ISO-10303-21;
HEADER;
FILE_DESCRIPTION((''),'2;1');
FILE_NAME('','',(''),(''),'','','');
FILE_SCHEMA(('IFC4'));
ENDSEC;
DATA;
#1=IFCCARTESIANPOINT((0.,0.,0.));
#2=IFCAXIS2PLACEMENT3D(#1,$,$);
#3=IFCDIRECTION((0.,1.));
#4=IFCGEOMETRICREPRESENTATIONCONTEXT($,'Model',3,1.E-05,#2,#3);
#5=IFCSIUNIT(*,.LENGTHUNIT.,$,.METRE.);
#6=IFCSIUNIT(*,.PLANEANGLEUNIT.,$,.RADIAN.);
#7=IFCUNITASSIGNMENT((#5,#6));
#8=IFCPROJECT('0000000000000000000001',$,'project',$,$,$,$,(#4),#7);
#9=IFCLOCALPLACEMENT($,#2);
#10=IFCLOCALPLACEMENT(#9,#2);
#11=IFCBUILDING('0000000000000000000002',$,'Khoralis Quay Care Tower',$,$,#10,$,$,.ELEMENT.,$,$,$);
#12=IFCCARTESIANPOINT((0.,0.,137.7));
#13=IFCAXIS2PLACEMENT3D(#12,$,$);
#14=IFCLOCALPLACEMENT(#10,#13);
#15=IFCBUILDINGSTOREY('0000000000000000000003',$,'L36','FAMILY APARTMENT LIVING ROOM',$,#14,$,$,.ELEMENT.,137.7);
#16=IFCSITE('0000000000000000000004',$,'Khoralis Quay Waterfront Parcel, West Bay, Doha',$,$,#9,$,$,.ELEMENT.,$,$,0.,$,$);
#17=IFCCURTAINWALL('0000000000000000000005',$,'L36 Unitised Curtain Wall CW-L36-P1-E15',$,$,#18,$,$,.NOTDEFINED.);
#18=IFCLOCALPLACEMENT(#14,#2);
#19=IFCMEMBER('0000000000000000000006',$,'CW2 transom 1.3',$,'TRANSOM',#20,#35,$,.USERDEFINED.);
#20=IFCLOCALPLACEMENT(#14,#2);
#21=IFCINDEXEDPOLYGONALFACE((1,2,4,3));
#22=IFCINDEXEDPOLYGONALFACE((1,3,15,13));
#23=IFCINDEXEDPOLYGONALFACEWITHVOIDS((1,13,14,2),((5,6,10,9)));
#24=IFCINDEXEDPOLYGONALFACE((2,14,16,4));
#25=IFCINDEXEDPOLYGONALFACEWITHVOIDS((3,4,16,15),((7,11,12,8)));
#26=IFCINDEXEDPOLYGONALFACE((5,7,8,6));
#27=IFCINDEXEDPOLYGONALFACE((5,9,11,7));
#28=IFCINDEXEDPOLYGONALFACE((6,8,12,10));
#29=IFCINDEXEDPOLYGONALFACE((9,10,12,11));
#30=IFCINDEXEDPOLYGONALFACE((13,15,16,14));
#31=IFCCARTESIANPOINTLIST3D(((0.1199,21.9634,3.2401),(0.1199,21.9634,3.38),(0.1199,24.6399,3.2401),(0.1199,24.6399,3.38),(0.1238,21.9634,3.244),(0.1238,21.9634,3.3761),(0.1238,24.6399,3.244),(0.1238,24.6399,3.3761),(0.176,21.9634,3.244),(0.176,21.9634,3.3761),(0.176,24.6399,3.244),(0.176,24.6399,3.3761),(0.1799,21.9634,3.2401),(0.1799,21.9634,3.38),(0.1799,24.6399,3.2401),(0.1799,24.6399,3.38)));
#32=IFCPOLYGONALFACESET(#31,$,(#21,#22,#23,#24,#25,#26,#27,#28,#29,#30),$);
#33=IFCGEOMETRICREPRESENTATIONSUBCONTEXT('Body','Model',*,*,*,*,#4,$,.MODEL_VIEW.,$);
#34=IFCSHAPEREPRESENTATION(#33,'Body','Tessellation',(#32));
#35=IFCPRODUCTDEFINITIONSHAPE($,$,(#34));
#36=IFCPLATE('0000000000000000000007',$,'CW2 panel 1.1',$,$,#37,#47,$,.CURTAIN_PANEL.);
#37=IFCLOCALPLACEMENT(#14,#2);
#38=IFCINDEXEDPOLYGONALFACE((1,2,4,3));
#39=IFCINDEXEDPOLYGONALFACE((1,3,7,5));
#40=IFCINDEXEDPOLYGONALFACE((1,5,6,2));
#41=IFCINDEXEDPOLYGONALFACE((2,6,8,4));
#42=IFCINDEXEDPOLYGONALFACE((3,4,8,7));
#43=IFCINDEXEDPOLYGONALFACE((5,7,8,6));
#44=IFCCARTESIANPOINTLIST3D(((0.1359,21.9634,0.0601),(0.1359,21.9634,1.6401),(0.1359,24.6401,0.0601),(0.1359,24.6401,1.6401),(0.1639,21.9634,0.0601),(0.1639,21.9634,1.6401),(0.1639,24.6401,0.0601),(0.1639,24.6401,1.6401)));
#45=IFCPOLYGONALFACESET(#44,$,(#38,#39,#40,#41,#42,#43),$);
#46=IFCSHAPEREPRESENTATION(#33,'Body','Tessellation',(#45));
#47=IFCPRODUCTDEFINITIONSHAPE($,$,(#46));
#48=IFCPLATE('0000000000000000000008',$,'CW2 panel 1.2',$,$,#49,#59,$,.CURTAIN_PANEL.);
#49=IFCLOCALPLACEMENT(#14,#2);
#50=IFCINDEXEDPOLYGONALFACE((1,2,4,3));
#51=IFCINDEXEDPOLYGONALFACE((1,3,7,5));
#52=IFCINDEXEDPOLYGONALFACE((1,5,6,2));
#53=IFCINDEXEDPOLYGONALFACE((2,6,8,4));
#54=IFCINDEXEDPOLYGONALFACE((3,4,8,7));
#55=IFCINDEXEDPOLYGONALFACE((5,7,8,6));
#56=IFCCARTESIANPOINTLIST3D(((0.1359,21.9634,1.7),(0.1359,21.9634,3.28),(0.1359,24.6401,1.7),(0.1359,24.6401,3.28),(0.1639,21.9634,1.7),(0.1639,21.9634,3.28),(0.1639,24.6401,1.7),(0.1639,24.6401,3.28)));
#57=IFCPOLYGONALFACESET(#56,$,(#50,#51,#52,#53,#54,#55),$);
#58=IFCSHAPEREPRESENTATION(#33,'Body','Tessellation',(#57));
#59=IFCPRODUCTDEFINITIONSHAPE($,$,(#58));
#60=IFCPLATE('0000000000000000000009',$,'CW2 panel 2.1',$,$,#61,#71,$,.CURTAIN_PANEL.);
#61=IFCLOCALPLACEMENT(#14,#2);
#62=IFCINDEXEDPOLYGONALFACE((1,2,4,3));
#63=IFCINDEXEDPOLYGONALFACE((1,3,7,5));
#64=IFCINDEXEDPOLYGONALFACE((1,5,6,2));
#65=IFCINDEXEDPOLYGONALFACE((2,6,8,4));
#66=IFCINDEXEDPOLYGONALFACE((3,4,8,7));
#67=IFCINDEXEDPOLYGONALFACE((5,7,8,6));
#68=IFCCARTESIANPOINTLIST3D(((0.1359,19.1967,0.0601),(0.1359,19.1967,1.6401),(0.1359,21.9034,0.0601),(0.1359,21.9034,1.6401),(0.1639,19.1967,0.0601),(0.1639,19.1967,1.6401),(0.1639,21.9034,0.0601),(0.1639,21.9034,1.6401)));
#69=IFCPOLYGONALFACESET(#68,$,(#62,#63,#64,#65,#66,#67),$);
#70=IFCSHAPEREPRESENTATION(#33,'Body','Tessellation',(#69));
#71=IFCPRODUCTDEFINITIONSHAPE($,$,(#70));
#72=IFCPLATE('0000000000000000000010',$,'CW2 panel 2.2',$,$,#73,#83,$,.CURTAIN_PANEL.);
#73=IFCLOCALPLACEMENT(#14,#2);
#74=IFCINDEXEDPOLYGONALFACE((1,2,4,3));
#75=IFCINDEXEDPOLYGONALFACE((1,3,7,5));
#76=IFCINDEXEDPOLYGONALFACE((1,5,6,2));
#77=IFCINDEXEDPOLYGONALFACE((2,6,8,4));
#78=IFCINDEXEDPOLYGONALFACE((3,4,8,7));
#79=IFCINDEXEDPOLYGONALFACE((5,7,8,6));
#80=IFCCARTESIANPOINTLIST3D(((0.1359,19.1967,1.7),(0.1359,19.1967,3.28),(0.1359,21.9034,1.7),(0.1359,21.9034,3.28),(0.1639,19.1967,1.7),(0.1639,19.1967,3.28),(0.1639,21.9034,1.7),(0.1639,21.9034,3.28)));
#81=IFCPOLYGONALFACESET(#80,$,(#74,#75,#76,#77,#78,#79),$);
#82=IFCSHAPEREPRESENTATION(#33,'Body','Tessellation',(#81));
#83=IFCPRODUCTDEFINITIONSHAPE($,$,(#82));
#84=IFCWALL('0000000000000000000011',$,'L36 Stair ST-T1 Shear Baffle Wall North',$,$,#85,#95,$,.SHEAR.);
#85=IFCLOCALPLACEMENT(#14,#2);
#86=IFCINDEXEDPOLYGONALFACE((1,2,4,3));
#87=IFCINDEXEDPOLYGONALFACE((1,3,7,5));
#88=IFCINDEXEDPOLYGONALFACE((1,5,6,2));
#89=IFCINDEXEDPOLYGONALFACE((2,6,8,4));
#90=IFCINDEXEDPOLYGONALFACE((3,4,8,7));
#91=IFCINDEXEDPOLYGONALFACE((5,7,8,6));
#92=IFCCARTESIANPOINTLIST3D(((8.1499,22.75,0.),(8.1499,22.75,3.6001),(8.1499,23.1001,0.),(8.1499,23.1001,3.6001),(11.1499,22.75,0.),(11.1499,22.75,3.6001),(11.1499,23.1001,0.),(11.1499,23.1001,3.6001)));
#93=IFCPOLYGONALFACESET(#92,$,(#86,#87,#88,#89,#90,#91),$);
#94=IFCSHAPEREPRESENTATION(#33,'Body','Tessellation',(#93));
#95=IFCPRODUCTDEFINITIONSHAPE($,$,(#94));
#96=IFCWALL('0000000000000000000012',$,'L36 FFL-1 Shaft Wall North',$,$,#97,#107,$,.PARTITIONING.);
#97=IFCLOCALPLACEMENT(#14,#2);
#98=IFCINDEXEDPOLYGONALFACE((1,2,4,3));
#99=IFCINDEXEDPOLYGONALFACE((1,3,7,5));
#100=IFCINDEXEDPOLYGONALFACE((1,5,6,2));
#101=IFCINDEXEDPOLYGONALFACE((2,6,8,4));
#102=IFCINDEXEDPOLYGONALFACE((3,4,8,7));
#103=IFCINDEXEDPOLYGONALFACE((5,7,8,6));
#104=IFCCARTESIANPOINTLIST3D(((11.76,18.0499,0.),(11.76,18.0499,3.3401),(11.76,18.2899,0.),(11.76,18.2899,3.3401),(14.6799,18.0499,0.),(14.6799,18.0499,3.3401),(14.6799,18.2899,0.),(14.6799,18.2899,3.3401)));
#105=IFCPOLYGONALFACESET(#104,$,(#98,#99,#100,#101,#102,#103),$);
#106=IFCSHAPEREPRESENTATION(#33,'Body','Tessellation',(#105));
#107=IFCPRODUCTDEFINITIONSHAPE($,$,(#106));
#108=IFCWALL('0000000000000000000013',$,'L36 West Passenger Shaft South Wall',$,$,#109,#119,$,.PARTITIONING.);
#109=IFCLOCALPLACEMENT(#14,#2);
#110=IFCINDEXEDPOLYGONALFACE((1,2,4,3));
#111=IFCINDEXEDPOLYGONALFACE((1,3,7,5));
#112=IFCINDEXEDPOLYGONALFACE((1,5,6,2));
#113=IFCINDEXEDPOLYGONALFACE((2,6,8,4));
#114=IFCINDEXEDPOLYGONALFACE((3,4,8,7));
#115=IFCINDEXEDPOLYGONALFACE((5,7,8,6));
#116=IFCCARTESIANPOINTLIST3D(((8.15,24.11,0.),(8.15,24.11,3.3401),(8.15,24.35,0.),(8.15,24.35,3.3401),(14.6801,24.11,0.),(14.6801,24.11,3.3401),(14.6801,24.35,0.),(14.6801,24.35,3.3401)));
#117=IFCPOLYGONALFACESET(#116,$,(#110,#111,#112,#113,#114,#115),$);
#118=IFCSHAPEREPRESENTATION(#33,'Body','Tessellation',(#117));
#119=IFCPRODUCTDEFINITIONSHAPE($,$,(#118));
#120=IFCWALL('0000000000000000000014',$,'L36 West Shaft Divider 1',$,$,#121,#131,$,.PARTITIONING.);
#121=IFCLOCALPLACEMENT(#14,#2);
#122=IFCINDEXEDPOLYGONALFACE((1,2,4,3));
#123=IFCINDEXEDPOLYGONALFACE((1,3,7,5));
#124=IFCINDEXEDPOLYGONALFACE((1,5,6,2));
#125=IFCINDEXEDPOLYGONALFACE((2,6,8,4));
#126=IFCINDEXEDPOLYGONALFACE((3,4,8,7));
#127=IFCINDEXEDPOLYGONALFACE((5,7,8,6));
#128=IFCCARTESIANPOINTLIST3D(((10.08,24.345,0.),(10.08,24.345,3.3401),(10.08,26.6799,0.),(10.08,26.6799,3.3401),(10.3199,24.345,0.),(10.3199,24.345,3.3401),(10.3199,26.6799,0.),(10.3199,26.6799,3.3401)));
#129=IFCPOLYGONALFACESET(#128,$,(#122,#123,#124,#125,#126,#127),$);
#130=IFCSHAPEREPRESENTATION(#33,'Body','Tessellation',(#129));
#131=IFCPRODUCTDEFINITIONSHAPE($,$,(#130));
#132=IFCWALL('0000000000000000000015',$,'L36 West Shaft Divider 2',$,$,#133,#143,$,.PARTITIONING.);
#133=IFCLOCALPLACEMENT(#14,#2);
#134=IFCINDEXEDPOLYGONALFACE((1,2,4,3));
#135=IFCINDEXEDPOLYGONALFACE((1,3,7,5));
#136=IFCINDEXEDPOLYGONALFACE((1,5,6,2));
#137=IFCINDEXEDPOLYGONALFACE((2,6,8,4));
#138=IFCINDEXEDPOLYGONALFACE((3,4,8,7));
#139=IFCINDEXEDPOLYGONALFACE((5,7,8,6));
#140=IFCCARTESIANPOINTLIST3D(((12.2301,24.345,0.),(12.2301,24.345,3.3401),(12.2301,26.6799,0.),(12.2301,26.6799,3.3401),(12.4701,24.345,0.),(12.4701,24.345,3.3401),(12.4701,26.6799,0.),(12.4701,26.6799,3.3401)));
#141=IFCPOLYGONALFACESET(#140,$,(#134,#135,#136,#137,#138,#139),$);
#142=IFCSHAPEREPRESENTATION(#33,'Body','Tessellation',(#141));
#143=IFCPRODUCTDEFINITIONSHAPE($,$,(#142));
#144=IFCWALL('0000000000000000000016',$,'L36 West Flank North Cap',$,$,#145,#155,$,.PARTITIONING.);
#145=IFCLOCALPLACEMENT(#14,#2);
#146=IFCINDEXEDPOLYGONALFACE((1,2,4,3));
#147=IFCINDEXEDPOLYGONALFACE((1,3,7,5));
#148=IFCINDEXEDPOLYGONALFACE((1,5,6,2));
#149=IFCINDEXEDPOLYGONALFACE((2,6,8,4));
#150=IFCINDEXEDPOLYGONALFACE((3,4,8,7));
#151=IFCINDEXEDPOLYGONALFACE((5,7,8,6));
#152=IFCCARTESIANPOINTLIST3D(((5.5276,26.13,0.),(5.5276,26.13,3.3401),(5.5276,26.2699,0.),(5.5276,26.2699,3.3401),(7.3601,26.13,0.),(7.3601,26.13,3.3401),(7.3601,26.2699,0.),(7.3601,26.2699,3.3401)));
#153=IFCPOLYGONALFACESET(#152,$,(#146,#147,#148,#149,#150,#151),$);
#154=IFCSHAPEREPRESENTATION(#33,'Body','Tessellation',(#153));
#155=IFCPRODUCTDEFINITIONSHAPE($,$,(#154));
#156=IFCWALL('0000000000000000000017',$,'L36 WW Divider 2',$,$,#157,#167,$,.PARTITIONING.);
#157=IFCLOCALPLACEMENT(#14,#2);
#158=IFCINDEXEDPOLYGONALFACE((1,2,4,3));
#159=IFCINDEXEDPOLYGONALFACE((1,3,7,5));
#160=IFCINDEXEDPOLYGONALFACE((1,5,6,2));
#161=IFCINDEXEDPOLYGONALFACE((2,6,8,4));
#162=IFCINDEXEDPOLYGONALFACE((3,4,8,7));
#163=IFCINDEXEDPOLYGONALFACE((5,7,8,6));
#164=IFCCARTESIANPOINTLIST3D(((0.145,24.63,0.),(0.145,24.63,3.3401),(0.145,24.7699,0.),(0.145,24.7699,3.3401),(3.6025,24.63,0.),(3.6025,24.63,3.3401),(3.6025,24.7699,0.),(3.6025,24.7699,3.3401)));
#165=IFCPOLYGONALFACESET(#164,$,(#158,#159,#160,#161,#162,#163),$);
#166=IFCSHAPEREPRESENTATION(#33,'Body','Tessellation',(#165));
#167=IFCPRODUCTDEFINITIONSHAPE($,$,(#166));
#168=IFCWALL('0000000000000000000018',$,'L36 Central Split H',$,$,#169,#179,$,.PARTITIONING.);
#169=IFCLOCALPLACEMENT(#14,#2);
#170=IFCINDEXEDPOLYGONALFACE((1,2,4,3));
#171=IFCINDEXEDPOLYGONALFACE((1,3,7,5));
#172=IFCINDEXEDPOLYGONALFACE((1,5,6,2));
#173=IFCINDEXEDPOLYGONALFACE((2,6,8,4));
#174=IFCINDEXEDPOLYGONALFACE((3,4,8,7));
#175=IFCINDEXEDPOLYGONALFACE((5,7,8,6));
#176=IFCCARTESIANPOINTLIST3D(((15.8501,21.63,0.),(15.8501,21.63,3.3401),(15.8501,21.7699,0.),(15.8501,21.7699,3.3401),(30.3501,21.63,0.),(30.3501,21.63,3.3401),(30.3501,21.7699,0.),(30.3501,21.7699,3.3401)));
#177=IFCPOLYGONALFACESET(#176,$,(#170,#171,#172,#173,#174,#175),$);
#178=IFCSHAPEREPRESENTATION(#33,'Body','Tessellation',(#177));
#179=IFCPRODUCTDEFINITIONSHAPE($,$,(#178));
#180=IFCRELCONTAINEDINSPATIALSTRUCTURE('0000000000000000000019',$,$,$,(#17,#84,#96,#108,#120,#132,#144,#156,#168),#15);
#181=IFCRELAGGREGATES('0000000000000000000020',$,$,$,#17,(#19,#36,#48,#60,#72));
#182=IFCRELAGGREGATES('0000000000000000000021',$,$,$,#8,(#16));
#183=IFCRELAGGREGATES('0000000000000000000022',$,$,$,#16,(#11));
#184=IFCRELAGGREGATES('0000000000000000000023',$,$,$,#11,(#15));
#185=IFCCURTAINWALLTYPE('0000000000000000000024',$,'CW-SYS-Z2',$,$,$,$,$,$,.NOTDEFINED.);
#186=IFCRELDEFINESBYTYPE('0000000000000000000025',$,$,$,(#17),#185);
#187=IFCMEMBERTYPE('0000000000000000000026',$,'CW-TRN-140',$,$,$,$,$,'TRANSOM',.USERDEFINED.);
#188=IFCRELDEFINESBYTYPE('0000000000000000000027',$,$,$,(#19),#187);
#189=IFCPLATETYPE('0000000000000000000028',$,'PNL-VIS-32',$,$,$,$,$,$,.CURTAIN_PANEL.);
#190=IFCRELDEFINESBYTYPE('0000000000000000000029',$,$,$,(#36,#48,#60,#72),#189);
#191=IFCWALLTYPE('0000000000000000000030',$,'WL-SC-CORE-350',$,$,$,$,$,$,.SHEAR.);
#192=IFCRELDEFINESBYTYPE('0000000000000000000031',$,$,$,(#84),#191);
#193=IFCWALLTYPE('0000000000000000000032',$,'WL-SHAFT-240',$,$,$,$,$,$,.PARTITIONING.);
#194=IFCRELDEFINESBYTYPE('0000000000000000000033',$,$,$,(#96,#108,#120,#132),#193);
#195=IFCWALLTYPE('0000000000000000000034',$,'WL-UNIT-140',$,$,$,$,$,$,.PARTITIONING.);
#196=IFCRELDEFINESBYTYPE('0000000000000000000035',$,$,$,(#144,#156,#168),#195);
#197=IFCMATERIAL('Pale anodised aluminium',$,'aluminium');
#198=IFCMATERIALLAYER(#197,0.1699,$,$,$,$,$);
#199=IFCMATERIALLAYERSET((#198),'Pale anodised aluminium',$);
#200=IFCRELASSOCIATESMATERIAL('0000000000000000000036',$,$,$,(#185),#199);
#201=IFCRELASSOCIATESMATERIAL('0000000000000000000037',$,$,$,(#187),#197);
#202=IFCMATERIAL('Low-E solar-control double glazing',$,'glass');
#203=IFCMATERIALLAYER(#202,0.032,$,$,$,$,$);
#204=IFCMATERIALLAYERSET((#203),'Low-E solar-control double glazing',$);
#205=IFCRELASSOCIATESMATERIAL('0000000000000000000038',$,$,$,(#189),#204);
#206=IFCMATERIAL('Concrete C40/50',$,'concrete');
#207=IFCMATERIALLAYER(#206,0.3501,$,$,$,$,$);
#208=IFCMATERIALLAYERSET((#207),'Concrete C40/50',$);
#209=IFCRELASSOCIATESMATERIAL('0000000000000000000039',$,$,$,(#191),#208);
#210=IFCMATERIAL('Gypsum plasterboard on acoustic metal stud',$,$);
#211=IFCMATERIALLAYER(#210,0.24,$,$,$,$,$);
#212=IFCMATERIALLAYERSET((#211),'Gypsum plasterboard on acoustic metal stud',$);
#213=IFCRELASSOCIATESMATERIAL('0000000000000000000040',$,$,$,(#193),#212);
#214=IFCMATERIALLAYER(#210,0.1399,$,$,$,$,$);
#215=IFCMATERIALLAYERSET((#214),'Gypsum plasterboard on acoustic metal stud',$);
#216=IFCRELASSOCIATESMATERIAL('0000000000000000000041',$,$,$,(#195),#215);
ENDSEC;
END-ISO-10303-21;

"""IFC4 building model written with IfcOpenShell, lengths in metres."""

from ifc_helpers import new_model, si_unit, direction, frame, frame_2d, origin, origin_2d, place, context, subcontext, project, spatial, rectangle, hollow_rectangle, extrude, source, transform, mapped, material, layer, layer_set, material_profile, profile_set, type_object, element, aggregate, save


model = new_model("IFC4")

# Units and contexts
model_context = context("Model", 3, precision=1e-05, world=origin(), true_north=direction((0.0, 1.0)))
body_context = subcontext(model_context, "Body", "Model", "MODEL_VIEW")
ifc_project = project(units=[si_unit("LENGTHUNIT", "METRE"), si_unit("PLANEANGLEUNIT", "RADIAN")], contexts=[model_context])

# Site, building, storey
site_placement = place(None, origin())
site = spatial("IfcSite", under=ifc_project, at=site_placement, Name="Khoralis Quay Waterfront Parcel, West Bay, Doha", CompositionType="ELEMENT", RefElevation=0.0)
building_placement = place(site_placement, origin())
building = spatial("IfcBuilding", under=site, at=building_placement, Name="Khoralis Quay Care Tower", CompositionType="ELEMENT")
storey_placement = place(building_placement, frame((0.0, 0.0, 137.7)))
storey = spatial("IfcBuildingStorey", under=building, at=storey_placement, Name="L36", Description="FAMILY APARTMENT LIVING ROOM", CompositionType="ELEMENT", Elevation=137.7)

# Curtain wall, member, plates
ifc_material_1 = material(Name="Pale anodised aluminium", Category="aluminium")
ifc_layer_1 = layer(ifc_material_1, 0.1699)
ifc_layer_set_1 = layer_set([ifc_layer_1], Name="Pale anodised aluminium")
curtain_wall_type = type_object("IfcCurtainWallType", Name="CW-SYS-Z2", PredefinedType="NOTDEFINED", material=ifc_layer_set_1)
curtain_wall_placement = place(storey_placement, origin())
curtain_wall = element("IfcCurtainWall", 1, at=curtain_wall_placement, inside=storey, type_object=curtain_wall_type, Name="L36 Unitised Curtain Wall CW-L36-P1-E15", PredefinedType="NOTDEFINED")
ifc_material_profile_1 = material_profile(ifc_material_1, hollow_rectangle(XDim=0.0601, YDim=0.1399, WallThickness=0.0039, at=origin_2d()), Name="Pale anodised aluminium")
ifc_profile_set_1 = profile_set([ifc_material_profile_1], Name="Pale anodised aluminium")
member_type_1 = type_object("IfcMemberType", Name="CW-TRN-140", ElementType="TRANSOM", PredefinedType="USERDEFINED", material=ifc_profile_set_1)
shared_shape_1 = source(origin(), body_context, "Body", "SweptSolid", [
    extrude(hollow_rectangle(XDim=0.0601, YDim=0.1399, WallThickness=0.0039, at=origin_2d()), origin(), (0.0, 0.0, 1.0), 2.6765),
])
member_1_placement = place(storey_placement, frame((0.1499, 24.6399, 3.3101), z_axis=(0.0, -1.0, 0.0), x_axis=(1.0, 0.0, 0.0)))
member_1 = element("IfcMember", 2, at=member_1_placement, type_object=member_type_1, Name="CW2 transom 1.3", ObjectType="TRANSOM", PredefinedType="USERDEFINED", context=body_context, shape_type="MappedRepresentation", body=[
    mapped(shared_shape_1, transform((0.0, 0.0, 0.0), scale=1.0)),
])
ifc_material_2 = material(Name="Low-E solar-control double glazing", Category="glass")
ifc_layer_2 = layer(ifc_material_2, 0.032)
ifc_layer_set_2 = layer_set([ifc_layer_2], Name="Low-E solar-control double glazing")
plate_type = type_object("IfcPlateType", Name="PNL-VIS-32", PredefinedType="CURTAIN_PANEL", material=ifc_layer_set_2)
shared_shape_2 = source(origin(), body_context, "Body", "SweptSolid", [
    extrude(rectangle(XDim=2.6768, YDim=0.0281, at=origin_2d()), origin(), (0.0, 0.0, 1.0), 1.5801),
])
plate_1_placement = place(storey_placement, frame((0.1499, 23.3018, 0.0601), z_axis=(0.0, 0.0, 1.0), x_axis=(0.0, -1.0, 0.0)))
plate_1 = element("IfcPlate", 3, at=plate_1_placement, type_object=plate_type, Name="CW2 panel 1.1", PredefinedType="CURTAIN_PANEL", context=body_context, shape_type="MappedRepresentation", body=[
    mapped(shared_shape_2, transform((0.0, 0.0, 0.0), scale=1.0)),
])
plate_2_placement = place(storey_placement, frame((0.1499, 23.3018, 1.7), z_axis=(0.0, 0.0, 1.0), x_axis=(0.0, -1.0, 0.0)))
plate_2 = element("IfcPlate", 4, at=plate_2_placement, type_object=plate_type, Name="CW2 panel 1.2", PredefinedType="CURTAIN_PANEL", context=body_context, shape_type="MappedRepresentation", body=[
    mapped(shared_shape_2, transform((0.0, 0.0, 0.0), scale=1.0)),
])
shared_shape_3 = source(origin(), body_context, "Body", "SweptSolid", [
    extrude(rectangle(XDim=2.7068, YDim=0.0281, at=origin_2d()), origin(), (0.0, 0.0, 1.0), 1.5801),
])
plate_3_placement = place(storey_placement, frame((0.1499, 20.55, 0.0601), z_axis=(0.0, 0.0, 1.0), x_axis=(0.0, -1.0, 0.0)))
plate_3 = element("IfcPlate", 5, at=plate_3_placement, type_object=plate_type, Name="CW2 panel 2.1", PredefinedType="CURTAIN_PANEL", context=body_context, shape_type="MappedRepresentation", body=[
    mapped(shared_shape_3, transform((0.0, 0.0, 0.0), scale=1.0)),
])
plate_4_placement = place(storey_placement, frame((0.1499, 20.55, 1.7), z_axis=(0.0, 0.0, 1.0), x_axis=(0.0, -1.0, 0.0)))
plate_4 = element("IfcPlate", 6, at=plate_4_placement, type_object=plate_type, Name="CW2 panel 2.2", PredefinedType="CURTAIN_PANEL", context=body_context, shape_type="MappedRepresentation", body=[
    mapped(shared_shape_3, transform((0.0, 0.0, 0.0), scale=1.0)),
])
aggregate(curtain_wall, [member_1, plate_1, plate_2, plate_3, plate_4])

# Walls
ifc_material_3 = material(Name="Concrete C40/50", Category="concrete")
ifc_layer_3 = layer(ifc_material_3, 0.3501)
ifc_layer_set_3 = layer_set([ifc_layer_3], Name="Concrete C40/50")
wall_type_1 = type_object("IfcWallType", Name="WL-SC-CORE-350", PredefinedType="SHEAR", material=ifc_layer_set_3)
wall_1_placement = place(storey_placement, frame((8.1499, 22.925, 0.0), z_axis=(0.0, 0.0, 1.0), x_axis=(1.0, 0.0, 0.0)))
element("IfcWall", 7, at=wall_1_placement, inside=storey, type_object=wall_type_1, Name="L36 Stair ST-T1 Shear Baffle Wall North", PredefinedType="SHEAR", context=body_context, shape_type="SweptSolid", body=[
    extrude(rectangle(XDim=3.0, YDim=0.3501, at=frame_2d((1.5, 0.0))), origin(), (0.0, 0.0, 1.0), 3.6001),
])
ifc_material_4 = material(Name="Gypsum plasterboard on acoustic metal stud")
ifc_layer_4 = layer(ifc_material_4, 0.24)
ifc_layer_set_4 = layer_set([ifc_layer_4], Name="Gypsum plasterboard on acoustic metal stud")
wall_type_2 = type_object("IfcWallType", Name="WL-SHAFT-240", PredefinedType="PARTITIONING", material=ifc_layer_set_4)
wall_2_placement = place(storey_placement, frame((11.76, 18.1699, 0.0), z_axis=(0.0, 0.0, 1.0), x_axis=(1.0, 0.0, 0.0)))
element("IfcWall", 8, at=wall_2_placement, inside=storey, type_object=wall_type_2, Name="L36 FFL-1 Shaft Wall North", PredefinedType="PARTITIONING", context=body_context, shape_type="SweptSolid", body=[
    extrude(rectangle(XDim=2.9199, YDim=0.24, at=frame_2d((1.46, 0.0))), origin(), (0.0, 0.0, 1.0), 3.3401),
])
wall_3_placement = place(storey_placement, frame((8.1499, 24.23, 0.0), z_axis=(0.0, 0.0, 1.0), x_axis=(1.0, 0.0, 0.0)))
element("IfcWall", 9, at=wall_3_placement, inside=storey, type_object=wall_type_2, Name="L36 West Passenger Shaft South Wall", PredefinedType="PARTITIONING", context=body_context, shape_type="SweptSolid", body=[
    extrude(rectangle(XDim=6.53, YDim=0.24, at=frame_2d((3.2651, 0.0))), origin(), (0.0, 0.0, 1.0), 3.3401),
])
for number, where, z_axis, x_axis, name in (
    (10, (10.2, 24.345, 0.0), (0.0, 0.0, 1.0), (0.0, 1.0, 0.0), "L36 West Shaft Divider 1"),
    (11, (12.3501, 24.345, 0.0), (0.0, 0.0, 1.0), (0.0, 1.0, 0.0), "L36 West Shaft Divider 2"),
):
    element("IfcWall", number, at=place(storey_placement, frame(where, z_axis=z_axis, x_axis=x_axis)), inside=storey, type_object=wall_type_2, Name=name, PredefinedType="PARTITIONING", context=body_context, shape_type="SweptSolid", body=[
        extrude(rectangle(XDim=2.335, YDim=0.24, at=frame_2d((1.1675, 0.0))), origin(), (0.0, 0.0, 1.0), 3.3401),
    ])
ifc_layer_5 = layer(ifc_material_4, 0.1399)
ifc_layer_set_5 = layer_set([ifc_layer_5], Name="Gypsum plasterboard on acoustic metal stud")
wall_type_3 = type_object("IfcWallType", Name="WL-UNIT-140", PredefinedType="PARTITIONING", material=ifc_layer_set_5)
wall_4_placement = place(storey_placement, frame((5.5276, 26.2, 0.0), z_axis=(0.0, 0.0, 1.0), x_axis=(1.0, 0.0, 0.0)))
element("IfcWall", 12, at=wall_4_placement, inside=storey, type_object=wall_type_3, Name="L36 West Flank North Cap", PredefinedType="PARTITIONING", context=body_context, shape_type="SweptSolid", body=[
    extrude(rectangle(XDim=1.8325, YDim=0.1399, at=frame_2d((0.9163, 0.0))), origin(), (0.0, 0.0, 1.0), 3.3401),
])
wall_5_placement = place(storey_placement, frame((0.145, 24.7, 0.0), z_axis=(0.0, 0.0, 1.0), x_axis=(1.0, 0.0, 0.0)))
element("IfcWall", 13, at=wall_5_placement, inside=storey, type_object=wall_type_3, Name="L36 WW Divider 2", PredefinedType="PARTITIONING", context=body_context, shape_type="SweptSolid", body=[
    extrude(rectangle(XDim=3.4575, YDim=0.1399, at=frame_2d((1.7288, 0.0))), origin(), (0.0, 0.0, 1.0), 3.3401),
])
wall_6_placement = place(storey_placement, frame((15.8501, 21.7, 0.0), z_axis=(0.0, 0.0, 1.0), x_axis=(1.0, 0.0, 0.0)))
element("IfcWall", 14, at=wall_6_placement, inside=storey, type_object=wall_type_3, Name="L36 Central Split H", PredefinedType="PARTITIONING", context=body_context, shape_type="SweptSolid", body=[
    extrude(rectangle(XDim=14.5, YDim=0.1399, at=frame_2d((7.25, 0.0))), origin(), (0.0, 0.0, 1.0), 3.3401),
])

save(model, "model.ifc")
